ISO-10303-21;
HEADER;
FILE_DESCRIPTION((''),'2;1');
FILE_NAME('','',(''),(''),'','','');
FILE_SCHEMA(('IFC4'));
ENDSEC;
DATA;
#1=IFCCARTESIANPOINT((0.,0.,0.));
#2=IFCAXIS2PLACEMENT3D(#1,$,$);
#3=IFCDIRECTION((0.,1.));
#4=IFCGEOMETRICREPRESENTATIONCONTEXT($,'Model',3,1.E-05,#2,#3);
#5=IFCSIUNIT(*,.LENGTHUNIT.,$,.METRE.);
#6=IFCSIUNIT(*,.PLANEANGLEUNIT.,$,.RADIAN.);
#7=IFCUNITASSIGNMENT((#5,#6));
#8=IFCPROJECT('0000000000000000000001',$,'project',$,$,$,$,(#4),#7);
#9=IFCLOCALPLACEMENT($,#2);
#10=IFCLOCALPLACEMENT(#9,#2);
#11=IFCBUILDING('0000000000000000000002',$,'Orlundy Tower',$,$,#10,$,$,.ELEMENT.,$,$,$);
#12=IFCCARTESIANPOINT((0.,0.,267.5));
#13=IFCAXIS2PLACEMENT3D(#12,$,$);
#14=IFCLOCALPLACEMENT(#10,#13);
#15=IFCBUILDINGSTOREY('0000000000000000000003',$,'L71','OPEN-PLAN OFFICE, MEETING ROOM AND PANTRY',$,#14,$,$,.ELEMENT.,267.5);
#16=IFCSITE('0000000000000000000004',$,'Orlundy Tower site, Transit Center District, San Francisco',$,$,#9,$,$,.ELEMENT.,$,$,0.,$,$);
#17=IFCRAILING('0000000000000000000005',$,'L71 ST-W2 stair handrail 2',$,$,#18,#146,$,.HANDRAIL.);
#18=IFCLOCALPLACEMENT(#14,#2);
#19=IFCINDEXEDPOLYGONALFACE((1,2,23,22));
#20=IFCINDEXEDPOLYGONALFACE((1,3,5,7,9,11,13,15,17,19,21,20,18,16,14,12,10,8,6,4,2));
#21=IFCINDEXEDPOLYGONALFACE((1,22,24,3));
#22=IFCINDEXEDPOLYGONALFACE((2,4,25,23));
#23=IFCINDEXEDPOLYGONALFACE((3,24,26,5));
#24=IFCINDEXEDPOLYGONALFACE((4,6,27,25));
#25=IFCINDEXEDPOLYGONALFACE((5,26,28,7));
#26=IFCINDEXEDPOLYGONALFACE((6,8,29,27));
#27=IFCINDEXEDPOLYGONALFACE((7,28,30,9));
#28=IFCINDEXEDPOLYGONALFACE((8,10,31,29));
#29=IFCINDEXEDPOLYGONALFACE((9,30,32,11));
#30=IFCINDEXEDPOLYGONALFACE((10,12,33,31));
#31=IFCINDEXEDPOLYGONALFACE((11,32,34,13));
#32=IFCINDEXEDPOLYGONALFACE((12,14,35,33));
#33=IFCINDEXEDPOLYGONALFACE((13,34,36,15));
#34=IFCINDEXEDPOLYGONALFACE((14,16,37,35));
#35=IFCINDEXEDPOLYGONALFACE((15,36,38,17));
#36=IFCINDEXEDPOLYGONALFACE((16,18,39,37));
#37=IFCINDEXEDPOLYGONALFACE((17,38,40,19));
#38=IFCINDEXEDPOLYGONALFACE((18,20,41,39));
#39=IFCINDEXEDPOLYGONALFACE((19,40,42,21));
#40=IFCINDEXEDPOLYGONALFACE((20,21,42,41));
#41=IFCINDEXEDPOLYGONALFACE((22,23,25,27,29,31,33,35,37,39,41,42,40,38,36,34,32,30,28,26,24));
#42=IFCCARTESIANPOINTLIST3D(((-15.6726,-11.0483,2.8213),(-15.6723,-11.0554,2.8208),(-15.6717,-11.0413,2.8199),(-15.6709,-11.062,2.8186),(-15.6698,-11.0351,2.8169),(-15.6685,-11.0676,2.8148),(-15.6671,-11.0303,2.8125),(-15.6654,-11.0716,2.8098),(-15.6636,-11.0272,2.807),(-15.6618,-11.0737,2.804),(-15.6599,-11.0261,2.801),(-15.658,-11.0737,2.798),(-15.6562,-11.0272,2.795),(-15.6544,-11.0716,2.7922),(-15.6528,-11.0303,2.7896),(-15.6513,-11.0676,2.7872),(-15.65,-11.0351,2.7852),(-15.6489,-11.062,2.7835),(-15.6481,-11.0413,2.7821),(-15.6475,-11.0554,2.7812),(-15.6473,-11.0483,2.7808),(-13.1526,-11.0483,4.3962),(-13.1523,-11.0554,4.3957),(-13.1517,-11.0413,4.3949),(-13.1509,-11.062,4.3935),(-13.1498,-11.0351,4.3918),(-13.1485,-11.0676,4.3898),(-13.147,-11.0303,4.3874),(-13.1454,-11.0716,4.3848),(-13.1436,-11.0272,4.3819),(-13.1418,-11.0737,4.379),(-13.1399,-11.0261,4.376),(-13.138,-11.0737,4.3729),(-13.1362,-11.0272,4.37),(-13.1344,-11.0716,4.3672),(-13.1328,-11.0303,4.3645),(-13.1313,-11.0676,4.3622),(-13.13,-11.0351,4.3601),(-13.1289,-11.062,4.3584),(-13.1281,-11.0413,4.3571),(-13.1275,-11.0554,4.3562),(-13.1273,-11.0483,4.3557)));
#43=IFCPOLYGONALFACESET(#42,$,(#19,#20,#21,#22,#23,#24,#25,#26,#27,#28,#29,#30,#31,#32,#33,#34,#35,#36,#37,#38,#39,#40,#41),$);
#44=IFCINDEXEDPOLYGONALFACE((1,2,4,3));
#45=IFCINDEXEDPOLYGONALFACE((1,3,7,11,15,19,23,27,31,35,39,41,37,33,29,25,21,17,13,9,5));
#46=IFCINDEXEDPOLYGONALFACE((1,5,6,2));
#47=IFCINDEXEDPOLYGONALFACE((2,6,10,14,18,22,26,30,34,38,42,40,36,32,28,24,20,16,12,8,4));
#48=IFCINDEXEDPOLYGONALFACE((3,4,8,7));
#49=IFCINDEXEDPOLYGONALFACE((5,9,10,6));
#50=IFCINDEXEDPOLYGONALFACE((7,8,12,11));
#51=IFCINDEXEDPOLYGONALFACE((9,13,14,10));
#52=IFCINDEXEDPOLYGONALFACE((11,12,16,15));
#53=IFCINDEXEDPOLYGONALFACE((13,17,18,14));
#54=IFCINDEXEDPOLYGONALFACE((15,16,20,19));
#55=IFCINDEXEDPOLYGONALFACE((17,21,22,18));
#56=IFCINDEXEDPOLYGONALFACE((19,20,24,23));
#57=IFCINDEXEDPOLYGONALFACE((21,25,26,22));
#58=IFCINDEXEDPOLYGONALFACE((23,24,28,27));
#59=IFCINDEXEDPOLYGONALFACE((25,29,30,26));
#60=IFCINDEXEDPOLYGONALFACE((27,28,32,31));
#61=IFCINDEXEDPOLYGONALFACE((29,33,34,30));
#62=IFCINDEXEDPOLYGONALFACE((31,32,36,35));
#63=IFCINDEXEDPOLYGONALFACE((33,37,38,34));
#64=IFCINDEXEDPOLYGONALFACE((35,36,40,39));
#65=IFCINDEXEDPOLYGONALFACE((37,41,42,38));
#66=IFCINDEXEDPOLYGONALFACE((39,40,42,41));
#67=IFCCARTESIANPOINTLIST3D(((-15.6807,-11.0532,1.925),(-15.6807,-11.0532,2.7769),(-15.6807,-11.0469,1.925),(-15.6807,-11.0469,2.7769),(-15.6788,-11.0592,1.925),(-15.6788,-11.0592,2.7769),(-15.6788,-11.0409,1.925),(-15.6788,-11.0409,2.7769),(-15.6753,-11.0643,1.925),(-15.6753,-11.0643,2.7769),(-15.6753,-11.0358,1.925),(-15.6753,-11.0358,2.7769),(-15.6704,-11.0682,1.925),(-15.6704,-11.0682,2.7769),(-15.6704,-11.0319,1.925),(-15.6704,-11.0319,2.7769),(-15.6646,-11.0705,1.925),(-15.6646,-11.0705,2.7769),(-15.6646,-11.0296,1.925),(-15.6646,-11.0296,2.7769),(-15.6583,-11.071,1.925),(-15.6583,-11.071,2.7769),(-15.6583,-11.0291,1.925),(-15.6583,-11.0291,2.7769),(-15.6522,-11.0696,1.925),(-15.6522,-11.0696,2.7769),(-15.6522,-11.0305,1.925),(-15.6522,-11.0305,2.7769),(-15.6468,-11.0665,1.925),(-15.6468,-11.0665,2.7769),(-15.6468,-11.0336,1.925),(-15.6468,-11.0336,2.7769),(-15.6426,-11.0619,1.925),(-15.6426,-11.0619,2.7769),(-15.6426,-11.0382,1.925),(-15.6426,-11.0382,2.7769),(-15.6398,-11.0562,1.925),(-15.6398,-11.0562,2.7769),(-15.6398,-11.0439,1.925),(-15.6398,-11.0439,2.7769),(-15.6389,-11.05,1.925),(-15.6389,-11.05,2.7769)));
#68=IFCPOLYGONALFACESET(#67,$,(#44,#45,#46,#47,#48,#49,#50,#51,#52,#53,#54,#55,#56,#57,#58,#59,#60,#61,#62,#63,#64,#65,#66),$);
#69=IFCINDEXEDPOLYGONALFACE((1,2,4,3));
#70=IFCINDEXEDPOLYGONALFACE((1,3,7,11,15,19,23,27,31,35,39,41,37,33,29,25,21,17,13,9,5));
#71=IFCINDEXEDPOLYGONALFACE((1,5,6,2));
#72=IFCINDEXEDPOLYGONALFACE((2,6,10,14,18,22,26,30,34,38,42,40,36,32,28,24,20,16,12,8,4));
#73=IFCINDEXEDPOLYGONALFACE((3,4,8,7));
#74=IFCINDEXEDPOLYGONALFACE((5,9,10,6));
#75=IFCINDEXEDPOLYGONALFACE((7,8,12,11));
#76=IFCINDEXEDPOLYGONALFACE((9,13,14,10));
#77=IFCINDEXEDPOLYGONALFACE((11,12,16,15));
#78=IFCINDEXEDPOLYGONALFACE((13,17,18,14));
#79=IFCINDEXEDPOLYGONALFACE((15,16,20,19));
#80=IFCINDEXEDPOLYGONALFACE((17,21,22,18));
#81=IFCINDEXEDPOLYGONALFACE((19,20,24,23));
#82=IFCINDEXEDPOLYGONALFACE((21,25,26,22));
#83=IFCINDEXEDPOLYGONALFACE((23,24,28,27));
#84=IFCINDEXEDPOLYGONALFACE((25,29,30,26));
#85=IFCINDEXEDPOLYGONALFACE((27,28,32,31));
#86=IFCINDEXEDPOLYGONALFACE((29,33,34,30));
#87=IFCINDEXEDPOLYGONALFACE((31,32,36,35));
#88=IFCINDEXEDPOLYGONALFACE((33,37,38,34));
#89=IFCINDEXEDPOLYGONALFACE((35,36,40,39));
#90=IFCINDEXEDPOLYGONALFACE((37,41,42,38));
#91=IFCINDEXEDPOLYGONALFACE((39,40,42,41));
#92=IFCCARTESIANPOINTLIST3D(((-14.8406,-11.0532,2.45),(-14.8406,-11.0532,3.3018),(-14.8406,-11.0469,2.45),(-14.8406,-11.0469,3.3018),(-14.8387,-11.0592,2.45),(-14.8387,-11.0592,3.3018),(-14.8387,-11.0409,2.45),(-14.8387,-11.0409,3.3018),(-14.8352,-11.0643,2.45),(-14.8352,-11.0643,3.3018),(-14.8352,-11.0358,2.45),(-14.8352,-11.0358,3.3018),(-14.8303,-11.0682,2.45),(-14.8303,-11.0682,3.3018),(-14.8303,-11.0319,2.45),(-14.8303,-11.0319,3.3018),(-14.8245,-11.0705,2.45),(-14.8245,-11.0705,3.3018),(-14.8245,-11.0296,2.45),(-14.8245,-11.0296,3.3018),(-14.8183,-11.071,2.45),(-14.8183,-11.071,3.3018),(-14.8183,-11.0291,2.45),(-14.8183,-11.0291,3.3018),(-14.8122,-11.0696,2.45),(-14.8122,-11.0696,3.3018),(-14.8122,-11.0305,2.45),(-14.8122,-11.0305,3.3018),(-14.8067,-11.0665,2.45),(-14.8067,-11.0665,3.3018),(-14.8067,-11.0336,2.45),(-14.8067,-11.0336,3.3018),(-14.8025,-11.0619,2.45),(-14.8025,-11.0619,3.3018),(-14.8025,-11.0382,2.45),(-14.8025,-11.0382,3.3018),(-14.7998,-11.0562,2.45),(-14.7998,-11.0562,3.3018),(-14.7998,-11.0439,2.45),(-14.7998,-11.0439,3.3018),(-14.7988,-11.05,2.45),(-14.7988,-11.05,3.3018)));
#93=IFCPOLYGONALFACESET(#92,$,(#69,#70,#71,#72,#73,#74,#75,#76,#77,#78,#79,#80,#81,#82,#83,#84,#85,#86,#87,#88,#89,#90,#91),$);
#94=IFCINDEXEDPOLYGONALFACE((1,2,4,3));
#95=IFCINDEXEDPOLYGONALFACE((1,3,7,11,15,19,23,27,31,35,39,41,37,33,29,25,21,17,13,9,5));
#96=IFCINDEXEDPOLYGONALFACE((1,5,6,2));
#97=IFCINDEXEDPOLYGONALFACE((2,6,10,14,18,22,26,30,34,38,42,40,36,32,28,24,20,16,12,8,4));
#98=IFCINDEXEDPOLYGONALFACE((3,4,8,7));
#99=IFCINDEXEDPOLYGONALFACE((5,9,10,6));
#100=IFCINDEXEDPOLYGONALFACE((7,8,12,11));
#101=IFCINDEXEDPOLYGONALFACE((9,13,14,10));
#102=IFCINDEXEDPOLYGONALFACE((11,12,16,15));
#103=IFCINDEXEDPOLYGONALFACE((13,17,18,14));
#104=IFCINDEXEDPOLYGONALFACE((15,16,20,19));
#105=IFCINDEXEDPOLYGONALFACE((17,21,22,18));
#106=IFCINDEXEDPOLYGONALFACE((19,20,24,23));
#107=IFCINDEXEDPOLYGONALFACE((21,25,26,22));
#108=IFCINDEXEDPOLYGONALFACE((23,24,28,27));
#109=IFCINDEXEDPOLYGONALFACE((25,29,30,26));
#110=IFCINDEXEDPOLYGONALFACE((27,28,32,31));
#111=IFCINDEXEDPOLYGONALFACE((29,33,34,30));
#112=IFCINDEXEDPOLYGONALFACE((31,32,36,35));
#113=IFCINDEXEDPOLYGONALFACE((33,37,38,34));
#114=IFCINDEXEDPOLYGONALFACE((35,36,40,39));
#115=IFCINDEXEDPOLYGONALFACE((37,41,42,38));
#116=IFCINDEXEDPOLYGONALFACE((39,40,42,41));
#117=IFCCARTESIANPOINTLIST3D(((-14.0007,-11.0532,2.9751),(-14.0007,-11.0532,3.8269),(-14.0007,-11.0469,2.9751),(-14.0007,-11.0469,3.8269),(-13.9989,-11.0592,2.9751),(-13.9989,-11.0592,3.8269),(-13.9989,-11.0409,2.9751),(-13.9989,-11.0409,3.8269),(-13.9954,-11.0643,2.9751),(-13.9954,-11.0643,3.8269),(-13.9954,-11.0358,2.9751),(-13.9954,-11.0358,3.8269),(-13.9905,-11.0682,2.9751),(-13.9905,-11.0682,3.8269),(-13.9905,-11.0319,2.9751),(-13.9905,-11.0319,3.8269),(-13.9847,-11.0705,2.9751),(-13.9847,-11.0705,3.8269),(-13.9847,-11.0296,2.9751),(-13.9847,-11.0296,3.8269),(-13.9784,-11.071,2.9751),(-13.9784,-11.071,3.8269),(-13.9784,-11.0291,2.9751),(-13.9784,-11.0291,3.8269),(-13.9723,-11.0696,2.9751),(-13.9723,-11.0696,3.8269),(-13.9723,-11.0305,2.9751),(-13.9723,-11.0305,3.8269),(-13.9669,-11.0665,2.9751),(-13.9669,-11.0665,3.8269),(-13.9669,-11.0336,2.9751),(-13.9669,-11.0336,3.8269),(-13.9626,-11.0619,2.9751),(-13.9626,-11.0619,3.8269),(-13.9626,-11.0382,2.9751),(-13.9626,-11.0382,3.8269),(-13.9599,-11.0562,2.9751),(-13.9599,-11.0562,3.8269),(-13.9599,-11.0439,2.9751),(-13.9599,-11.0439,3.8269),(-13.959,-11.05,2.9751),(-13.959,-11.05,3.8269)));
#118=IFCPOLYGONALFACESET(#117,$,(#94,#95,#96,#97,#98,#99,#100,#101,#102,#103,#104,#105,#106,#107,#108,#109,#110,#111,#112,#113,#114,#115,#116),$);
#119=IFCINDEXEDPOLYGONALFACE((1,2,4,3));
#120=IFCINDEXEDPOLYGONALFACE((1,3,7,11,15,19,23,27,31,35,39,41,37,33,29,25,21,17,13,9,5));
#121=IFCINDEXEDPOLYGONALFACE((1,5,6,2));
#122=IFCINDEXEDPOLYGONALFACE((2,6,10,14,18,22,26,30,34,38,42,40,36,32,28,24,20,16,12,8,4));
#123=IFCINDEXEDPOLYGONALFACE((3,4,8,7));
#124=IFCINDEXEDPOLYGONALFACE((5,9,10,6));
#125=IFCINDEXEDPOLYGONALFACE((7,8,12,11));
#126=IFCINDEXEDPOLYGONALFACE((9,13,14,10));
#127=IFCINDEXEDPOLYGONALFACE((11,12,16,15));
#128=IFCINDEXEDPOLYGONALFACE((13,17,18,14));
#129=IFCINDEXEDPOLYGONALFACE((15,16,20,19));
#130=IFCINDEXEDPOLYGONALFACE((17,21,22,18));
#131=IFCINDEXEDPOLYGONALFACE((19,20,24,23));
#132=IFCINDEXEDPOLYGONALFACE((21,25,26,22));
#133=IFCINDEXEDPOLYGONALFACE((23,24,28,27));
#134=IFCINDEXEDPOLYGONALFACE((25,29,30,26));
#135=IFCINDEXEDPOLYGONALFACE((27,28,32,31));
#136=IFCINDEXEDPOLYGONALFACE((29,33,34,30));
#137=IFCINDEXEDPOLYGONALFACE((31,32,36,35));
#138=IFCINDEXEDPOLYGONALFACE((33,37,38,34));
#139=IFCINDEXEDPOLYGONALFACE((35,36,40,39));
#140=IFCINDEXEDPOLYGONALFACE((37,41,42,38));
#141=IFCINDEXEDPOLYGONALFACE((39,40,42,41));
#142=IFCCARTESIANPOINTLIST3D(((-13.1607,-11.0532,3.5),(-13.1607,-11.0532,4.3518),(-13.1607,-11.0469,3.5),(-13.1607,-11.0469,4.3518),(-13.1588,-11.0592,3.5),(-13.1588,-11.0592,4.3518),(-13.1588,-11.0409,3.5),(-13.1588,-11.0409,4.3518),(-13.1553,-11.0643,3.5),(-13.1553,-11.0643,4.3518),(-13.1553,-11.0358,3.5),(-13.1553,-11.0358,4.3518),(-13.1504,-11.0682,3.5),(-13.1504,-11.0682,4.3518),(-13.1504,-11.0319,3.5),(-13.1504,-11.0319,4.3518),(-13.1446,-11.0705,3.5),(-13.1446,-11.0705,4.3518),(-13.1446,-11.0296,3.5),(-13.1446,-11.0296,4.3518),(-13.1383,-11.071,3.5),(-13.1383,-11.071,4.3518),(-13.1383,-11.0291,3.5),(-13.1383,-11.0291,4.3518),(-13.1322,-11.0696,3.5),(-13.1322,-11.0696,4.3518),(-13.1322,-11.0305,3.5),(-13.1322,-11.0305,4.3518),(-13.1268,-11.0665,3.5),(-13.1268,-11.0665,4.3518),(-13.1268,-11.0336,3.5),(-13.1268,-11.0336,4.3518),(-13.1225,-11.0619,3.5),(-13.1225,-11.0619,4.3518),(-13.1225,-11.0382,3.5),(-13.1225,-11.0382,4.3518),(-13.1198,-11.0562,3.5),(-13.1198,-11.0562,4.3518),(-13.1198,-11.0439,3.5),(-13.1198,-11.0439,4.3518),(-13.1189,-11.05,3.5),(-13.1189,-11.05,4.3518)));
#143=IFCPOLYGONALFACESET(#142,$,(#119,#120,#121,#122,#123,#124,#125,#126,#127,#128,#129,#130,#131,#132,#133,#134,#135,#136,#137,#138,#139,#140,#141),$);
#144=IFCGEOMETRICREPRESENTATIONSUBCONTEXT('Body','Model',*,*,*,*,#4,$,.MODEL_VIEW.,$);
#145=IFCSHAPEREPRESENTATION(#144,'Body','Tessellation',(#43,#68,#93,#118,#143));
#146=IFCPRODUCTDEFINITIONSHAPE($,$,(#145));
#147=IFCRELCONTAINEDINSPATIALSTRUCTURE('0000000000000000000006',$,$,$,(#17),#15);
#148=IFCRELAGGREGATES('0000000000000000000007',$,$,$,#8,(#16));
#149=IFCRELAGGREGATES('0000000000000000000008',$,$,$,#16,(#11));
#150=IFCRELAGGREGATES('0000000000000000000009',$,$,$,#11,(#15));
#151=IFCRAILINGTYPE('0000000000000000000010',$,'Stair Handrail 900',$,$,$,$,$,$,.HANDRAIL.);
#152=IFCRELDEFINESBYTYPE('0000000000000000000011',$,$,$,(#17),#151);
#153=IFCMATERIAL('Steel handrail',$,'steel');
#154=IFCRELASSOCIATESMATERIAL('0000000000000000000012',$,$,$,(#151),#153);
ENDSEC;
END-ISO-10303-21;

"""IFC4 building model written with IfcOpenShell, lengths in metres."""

from ifc_helpers import new_model, si_unit, direction, frame, origin, origin_2d, place, context, subcontext, project, spatial, circle, extrude, material, type_object, element, save


model = new_model("IFC4")

# Units and contexts
model_context = context("Model", 3, precision=1e-05, world=origin(), true_north=direction((0.0, 1.0)))
body_context = subcontext(model_context, "Body", "Model", "MODEL_VIEW")
ifc_project = project(units=[si_unit("LENGTHUNIT", "METRE"), si_unit("PLANEANGLEUNIT", "RADIAN")], contexts=[model_context])

# Site, building, storey
site_placement = place(None, origin())
site = spatial("IfcSite", under=ifc_project, at=site_placement, Name="Orlundy Tower site, Transit Center District, San Francisco", CompositionType="ELEMENT", RefElevation=0.0)
building_placement = place(site_placement, origin())
building = spatial("IfcBuilding", under=site, at=building_placement, Name="Orlundy Tower", CompositionType="ELEMENT")
storey_placement = place(building_placement, frame((0.0, 0.0, 267.5)))
storey = spatial("IfcBuildingStorey", under=building, at=storey_placement, Name="L71", Description="OPEN-PLAN OFFICE, MEETING ROOM AND PANTRY", CompositionType="ELEMENT", Elevation=267.5)

# Railing
ifc_material_1 = material(Name="Steel handrail", Category="steel")
railing_type = type_object("IfcRailingType", Name="Stair Handrail 900", PredefinedType="HANDRAIL", material=ifc_material_1)
railing_1_placement = place(storey_placement, frame((-15.6599, -11.05, 1.925)))
element("IfcRailing", 1, at=railing_1_placement, inside=storey, type_object=railing_type, Name="L71 ST-W2 stair handrail 2", PredefinedType="HANDRAIL", context=body_context, shape_type="SweptSolid", body=[
    extrude(circle(Radius=0.0239, at=origin_2d()), frame((0.0, 0.0, 0.876), z_axis=(0.848008, 0.0, 0.529984), x_axis=(0.0, 1.0, 0.0)), (0.0, 0.0, 1.0), 2.9717),
    extrude(circle(Radius=0.021, at=origin_2d()), origin(), (0.0, 0.0, 1.0), 0.8518),
    extrude(circle(Radius=0.021, at=origin_2d()), frame((0.8401, 0.0, 0.5249)), (0.0, 0.0, 1.0), 0.8518),
    extrude(circle(Radius=0.021, at=origin_2d()), frame((1.6799, 0.0, 1.05)), (0.0, 0.0, 1.0), 0.8518),
    extrude(circle(Radius=0.021, at=origin_2d()), frame((2.52, 0.0, 1.575)), (0.0, 0.0, 1.0), 0.8518),
])

save(model, "model.ifc")
